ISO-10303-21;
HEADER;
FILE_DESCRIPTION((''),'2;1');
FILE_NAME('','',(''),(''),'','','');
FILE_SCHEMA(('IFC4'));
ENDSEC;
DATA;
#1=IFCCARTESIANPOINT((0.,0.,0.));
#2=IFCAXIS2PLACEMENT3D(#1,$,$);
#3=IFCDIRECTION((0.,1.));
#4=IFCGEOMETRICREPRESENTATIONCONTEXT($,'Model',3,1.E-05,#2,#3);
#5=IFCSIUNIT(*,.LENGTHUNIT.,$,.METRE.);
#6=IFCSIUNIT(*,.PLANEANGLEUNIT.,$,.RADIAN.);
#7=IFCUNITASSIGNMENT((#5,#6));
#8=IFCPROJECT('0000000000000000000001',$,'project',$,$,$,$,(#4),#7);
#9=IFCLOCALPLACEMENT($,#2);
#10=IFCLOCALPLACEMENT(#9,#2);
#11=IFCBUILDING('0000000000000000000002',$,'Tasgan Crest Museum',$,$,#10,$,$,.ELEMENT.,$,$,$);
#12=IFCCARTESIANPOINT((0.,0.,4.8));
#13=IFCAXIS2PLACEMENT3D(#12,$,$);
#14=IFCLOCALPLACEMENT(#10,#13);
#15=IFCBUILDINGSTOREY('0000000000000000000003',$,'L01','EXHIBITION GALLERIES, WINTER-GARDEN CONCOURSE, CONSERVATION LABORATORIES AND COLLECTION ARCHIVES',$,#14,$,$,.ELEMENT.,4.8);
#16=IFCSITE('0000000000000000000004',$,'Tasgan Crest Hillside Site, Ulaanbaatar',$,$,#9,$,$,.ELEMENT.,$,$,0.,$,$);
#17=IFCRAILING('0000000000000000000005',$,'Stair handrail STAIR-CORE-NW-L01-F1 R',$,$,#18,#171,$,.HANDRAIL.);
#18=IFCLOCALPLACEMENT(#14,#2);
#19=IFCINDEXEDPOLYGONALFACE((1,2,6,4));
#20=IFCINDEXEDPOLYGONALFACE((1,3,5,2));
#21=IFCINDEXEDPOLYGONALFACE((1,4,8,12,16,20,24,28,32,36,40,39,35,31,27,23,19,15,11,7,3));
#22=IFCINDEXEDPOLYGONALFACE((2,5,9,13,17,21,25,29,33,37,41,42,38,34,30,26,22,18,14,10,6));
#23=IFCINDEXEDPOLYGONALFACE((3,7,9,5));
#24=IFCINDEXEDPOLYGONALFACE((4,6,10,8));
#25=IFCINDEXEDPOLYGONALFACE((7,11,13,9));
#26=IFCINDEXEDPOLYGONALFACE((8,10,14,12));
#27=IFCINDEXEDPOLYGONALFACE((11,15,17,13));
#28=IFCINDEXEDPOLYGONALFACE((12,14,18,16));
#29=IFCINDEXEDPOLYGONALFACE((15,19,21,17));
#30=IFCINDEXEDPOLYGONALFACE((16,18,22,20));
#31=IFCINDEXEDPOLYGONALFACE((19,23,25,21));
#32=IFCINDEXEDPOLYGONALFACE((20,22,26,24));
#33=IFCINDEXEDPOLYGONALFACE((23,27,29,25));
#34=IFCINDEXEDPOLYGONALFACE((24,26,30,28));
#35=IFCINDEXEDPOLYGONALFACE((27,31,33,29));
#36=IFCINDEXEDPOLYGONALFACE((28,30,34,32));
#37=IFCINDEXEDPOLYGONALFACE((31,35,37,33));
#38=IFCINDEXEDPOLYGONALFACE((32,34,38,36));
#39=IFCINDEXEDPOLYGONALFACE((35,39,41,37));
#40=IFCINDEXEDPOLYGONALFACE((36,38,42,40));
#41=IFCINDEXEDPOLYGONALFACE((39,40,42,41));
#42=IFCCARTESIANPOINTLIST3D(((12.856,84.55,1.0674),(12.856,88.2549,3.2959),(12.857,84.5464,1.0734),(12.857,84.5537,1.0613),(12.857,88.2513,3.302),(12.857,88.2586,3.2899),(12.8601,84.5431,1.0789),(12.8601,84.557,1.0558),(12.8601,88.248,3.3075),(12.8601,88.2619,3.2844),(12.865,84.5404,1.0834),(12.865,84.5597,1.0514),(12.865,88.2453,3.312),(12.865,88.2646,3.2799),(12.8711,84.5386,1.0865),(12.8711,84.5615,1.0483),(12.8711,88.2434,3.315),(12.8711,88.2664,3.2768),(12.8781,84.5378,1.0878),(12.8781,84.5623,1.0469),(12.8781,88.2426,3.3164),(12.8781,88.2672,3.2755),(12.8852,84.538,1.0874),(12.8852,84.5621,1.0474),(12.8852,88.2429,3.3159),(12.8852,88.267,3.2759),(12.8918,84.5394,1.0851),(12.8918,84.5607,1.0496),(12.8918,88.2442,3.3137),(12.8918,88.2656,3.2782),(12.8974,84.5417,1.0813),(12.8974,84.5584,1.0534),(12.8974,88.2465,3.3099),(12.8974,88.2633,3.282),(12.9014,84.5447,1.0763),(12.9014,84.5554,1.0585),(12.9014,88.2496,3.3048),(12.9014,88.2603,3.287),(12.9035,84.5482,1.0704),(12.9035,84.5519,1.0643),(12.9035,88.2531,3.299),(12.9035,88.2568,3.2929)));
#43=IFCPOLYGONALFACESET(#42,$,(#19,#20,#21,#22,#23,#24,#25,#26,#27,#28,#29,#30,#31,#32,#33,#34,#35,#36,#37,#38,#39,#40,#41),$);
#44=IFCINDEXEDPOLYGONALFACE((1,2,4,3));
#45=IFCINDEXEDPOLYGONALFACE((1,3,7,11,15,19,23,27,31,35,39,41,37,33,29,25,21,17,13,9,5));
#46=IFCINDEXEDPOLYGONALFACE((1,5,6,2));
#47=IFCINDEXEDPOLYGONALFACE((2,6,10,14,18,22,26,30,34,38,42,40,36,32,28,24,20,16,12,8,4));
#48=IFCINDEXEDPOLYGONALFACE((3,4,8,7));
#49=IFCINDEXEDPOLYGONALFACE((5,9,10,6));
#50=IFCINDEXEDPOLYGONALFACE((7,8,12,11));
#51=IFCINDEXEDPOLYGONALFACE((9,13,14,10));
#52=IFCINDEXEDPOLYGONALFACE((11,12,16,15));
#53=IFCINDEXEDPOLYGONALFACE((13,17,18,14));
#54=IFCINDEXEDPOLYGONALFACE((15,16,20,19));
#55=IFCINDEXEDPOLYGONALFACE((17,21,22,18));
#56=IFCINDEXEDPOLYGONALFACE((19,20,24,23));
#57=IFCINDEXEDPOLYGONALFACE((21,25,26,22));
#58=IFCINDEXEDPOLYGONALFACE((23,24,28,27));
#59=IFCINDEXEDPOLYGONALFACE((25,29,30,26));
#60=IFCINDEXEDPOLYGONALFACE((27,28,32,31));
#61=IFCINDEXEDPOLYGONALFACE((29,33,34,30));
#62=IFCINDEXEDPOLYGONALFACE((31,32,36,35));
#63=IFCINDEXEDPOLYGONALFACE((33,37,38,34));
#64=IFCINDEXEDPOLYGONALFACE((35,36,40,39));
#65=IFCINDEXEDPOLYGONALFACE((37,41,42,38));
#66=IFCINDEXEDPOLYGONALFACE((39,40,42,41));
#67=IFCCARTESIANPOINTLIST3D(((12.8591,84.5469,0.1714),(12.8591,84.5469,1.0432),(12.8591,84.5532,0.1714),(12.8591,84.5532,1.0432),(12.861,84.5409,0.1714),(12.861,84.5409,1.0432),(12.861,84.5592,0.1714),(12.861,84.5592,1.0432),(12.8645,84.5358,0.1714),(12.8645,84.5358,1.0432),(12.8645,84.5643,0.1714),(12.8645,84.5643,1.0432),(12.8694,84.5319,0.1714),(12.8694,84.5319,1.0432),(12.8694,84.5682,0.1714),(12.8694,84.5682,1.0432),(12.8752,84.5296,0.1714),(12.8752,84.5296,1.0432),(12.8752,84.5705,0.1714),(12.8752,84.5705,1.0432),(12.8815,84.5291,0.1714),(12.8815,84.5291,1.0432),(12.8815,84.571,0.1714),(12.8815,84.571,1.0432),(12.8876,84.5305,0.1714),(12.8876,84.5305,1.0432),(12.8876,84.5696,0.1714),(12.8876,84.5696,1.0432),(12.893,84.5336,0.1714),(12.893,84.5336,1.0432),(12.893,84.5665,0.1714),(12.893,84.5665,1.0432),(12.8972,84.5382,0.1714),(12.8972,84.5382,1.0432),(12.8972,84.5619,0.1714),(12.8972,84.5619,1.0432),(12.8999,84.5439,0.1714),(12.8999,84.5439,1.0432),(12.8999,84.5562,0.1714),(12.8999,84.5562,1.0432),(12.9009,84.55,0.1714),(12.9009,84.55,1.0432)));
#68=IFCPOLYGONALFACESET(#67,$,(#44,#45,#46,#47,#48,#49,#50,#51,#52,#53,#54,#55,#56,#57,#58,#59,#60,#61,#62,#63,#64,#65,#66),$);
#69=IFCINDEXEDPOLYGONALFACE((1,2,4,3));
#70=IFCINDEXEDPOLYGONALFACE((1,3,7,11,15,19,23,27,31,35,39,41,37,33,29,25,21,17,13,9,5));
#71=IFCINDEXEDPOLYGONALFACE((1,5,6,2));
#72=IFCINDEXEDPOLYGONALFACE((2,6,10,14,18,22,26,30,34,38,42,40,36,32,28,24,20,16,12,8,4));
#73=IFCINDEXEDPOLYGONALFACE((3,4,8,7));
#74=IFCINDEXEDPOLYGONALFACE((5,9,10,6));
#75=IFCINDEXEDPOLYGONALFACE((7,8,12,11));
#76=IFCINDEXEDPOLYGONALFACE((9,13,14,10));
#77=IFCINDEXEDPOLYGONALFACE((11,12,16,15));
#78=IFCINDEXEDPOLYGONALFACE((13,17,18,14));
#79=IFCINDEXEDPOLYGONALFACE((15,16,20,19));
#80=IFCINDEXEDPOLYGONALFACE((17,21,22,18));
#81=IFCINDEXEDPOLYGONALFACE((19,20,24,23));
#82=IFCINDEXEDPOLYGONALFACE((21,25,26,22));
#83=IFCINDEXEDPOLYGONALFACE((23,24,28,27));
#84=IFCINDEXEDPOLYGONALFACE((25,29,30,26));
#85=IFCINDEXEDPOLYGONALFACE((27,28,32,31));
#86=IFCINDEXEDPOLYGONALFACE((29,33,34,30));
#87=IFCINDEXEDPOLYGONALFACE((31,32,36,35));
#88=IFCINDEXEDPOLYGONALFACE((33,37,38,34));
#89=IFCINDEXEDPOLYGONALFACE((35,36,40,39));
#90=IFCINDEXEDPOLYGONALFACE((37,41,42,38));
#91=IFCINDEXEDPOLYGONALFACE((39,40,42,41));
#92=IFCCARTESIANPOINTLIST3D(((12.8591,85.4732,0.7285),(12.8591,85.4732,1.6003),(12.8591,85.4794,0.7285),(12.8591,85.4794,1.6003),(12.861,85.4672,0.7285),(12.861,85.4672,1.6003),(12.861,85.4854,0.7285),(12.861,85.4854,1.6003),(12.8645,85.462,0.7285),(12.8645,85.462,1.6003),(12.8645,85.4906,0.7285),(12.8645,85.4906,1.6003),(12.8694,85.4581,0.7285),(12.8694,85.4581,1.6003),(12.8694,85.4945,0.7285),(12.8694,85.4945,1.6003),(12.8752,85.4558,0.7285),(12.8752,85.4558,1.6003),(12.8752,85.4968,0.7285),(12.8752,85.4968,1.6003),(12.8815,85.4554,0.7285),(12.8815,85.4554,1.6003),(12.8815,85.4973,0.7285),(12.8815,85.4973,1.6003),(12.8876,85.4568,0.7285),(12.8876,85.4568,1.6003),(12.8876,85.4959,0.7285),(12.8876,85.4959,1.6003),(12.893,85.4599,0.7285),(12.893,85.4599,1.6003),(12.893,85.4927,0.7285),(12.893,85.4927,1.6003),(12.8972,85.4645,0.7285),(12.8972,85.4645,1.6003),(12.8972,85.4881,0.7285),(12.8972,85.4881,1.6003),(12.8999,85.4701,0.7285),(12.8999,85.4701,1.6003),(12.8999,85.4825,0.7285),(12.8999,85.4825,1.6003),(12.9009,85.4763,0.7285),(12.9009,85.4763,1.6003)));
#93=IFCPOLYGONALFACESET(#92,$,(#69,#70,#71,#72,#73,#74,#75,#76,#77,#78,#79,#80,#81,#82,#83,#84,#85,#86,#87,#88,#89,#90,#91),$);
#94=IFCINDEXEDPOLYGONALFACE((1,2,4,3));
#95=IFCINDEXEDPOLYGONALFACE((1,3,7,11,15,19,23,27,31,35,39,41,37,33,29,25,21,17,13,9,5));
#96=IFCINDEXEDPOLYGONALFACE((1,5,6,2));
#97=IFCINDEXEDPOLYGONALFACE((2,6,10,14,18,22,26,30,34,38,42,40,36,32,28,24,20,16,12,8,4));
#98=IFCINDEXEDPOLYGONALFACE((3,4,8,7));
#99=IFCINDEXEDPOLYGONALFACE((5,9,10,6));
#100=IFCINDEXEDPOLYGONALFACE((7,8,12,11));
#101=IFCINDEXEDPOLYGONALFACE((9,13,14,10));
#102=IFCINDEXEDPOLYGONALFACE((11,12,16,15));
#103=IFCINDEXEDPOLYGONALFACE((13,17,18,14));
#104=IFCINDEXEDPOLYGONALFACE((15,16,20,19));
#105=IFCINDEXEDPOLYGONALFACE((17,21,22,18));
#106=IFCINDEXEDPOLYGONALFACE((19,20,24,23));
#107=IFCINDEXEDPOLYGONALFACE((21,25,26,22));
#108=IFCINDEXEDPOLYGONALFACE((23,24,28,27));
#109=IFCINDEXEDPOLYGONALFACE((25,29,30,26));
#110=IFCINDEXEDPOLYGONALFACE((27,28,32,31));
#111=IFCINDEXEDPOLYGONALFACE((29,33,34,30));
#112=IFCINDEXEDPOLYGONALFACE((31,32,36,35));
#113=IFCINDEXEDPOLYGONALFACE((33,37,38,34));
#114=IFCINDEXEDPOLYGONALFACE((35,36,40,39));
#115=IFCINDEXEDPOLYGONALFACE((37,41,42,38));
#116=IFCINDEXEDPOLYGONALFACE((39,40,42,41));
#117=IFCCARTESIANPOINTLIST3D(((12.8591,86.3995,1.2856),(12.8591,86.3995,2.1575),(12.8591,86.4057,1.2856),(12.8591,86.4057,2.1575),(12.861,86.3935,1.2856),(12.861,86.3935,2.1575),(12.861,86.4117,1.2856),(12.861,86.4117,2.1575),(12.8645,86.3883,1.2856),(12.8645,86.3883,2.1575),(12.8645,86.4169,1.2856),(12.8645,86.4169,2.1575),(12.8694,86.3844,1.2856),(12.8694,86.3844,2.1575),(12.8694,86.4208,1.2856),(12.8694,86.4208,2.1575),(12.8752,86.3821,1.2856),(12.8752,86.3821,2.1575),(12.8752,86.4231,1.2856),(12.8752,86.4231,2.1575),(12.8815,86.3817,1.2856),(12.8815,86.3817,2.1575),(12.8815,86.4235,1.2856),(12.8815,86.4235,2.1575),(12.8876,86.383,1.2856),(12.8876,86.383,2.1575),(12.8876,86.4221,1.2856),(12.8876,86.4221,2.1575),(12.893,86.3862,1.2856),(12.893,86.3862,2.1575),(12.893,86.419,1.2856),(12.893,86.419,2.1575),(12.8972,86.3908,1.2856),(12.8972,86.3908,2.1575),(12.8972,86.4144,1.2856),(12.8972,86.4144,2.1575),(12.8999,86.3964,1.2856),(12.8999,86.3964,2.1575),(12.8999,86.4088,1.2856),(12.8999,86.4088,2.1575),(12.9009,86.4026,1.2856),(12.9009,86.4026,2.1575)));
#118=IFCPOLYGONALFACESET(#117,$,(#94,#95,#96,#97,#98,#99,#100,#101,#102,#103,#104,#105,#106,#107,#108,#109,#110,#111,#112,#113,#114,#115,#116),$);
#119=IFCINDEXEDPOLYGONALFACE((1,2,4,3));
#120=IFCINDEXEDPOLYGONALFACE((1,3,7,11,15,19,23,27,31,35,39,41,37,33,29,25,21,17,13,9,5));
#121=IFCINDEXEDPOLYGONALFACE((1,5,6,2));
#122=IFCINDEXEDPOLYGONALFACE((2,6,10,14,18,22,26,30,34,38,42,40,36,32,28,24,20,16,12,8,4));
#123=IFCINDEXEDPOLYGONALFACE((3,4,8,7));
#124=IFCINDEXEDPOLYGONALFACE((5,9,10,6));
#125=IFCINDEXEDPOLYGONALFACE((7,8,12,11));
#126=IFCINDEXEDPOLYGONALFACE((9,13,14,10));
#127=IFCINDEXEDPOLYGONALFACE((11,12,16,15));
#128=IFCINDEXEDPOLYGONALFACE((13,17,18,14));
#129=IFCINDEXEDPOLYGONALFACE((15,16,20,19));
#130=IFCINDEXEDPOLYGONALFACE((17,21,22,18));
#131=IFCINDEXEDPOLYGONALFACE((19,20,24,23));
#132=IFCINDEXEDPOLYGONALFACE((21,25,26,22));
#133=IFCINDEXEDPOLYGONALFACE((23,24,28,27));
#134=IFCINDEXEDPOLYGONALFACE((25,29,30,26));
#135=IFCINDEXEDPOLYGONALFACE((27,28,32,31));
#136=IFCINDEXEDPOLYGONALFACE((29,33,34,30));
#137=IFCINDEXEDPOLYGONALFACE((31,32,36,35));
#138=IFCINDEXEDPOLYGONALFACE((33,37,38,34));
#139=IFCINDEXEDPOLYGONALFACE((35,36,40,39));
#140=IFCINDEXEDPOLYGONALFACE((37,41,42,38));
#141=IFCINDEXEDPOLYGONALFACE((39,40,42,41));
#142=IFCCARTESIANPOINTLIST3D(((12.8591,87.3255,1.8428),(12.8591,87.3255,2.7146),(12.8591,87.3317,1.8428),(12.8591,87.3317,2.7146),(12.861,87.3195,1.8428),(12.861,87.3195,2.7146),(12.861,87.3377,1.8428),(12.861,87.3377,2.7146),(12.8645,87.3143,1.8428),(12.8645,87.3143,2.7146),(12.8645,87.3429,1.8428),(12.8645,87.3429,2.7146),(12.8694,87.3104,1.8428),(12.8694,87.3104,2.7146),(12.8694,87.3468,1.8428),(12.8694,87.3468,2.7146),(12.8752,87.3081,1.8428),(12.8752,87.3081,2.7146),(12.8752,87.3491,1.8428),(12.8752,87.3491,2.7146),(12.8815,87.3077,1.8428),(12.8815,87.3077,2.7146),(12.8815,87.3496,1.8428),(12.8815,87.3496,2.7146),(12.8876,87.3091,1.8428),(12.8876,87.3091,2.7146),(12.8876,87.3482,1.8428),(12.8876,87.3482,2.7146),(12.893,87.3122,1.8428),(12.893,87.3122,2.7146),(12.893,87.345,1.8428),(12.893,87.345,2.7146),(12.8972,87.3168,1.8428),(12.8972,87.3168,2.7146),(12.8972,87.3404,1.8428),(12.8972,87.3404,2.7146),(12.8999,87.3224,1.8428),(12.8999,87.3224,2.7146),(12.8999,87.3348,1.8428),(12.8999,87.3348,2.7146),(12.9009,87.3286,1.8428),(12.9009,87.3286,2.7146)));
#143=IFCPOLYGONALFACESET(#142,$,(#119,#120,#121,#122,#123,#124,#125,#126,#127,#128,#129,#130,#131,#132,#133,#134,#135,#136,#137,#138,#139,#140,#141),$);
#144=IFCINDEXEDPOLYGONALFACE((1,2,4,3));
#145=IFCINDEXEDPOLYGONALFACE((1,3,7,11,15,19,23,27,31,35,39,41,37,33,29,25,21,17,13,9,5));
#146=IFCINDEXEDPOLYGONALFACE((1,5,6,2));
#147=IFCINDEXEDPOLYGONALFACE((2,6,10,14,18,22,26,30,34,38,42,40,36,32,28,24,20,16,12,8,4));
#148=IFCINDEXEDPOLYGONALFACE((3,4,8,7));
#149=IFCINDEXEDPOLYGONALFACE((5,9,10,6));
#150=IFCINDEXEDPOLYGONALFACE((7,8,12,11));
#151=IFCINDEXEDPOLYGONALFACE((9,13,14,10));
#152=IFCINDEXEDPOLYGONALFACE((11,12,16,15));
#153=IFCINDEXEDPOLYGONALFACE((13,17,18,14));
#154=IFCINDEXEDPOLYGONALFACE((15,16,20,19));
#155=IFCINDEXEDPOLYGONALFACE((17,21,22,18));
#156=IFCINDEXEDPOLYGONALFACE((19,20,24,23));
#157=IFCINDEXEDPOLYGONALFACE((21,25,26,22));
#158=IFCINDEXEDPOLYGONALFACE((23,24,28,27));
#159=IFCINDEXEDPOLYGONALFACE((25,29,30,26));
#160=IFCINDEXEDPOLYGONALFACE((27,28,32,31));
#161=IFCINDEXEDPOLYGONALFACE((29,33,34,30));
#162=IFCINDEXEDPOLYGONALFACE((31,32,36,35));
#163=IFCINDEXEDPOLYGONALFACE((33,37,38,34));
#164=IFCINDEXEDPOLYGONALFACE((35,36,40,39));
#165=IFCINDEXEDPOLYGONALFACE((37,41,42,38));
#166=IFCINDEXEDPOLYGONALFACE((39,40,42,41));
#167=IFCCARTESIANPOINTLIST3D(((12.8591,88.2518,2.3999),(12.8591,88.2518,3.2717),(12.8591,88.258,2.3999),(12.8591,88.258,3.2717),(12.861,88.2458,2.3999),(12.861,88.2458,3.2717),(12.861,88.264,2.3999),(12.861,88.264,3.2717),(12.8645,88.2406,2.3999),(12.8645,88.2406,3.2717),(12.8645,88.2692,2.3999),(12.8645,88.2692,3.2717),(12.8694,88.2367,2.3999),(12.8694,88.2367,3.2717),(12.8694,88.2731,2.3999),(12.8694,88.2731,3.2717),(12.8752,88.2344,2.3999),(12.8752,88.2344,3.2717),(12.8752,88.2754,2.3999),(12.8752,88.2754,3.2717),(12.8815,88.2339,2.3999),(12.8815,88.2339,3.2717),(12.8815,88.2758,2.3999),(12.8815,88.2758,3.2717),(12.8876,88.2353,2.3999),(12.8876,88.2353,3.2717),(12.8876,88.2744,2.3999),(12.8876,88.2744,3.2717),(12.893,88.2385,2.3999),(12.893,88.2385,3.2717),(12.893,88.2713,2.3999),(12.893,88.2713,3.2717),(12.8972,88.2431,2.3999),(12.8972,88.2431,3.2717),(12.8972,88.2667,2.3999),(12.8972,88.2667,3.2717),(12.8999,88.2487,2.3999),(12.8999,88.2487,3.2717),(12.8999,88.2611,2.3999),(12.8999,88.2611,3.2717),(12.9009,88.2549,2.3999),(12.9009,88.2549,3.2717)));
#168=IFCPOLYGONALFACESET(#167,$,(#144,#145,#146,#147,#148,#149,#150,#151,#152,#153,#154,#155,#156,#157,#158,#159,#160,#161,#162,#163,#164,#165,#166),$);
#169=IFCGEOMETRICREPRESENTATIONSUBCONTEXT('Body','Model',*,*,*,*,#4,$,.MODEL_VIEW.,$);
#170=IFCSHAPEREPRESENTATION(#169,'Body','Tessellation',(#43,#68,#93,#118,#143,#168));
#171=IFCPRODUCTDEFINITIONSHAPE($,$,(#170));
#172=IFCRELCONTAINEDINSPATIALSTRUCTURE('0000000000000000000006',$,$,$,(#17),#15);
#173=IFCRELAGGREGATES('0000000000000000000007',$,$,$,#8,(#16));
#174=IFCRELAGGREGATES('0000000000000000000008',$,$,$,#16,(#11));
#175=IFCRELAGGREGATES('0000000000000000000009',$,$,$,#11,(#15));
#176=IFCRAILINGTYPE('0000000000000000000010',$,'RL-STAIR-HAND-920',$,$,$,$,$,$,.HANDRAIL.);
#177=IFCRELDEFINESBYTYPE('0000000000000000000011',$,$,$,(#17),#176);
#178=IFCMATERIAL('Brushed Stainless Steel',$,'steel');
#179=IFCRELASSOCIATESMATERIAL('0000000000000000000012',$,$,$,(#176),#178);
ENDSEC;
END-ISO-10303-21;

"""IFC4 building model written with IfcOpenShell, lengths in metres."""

from ifc_helpers import new_model, si_unit, direction, frame, origin, origin_2d, place, context, subcontext, project, spatial, circle, extrude, material, type_object, element, save


model = new_model("IFC4")

# Units and contexts
model_context = context("Model", 3, precision=1e-05, world=origin(), true_north=direction((0.0, 1.0)))
body_context = subcontext(model_context, "Body", "Model", "MODEL_VIEW")
ifc_project = project(units=[si_unit("LENGTHUNIT", "METRE"), si_unit("PLANEANGLEUNIT", "RADIAN")], contexts=[model_context])

# Site, building, storey
site_placement = place(None, origin())
site = spatial("IfcSite", under=ifc_project, at=site_placement, Name="Tasgan Crest Hillside Site, Ulaanbaatar", CompositionType="ELEMENT", RefElevation=0.0)
building_placement = place(site_placement, origin())
building = spatial("IfcBuilding", under=site, at=building_placement, Name="Tasgan Crest Museum", CompositionType="ELEMENT")
storey_placement = place(building_placement, frame((0.0, 0.0, 4.8)))
storey = spatial("IfcBuildingStorey", under=building, at=storey_placement, Name="L01", Description="EXHIBITION GALLERIES, WINTER-GARDEN CONCOURSE, CONSERVATION LABORATORIES AND COLLECTION ARCHIVES", CompositionType="ELEMENT", Elevation=4.8)

# Railing
ifc_material_1 = material(Name="Brushed Stainless Steel", Category="steel")
railing_type_1 = type_object("IfcRailingType", Name="RL-STAIR-HAND-920", PredefinedType="HANDRAIL", material=ifc_material_1)
for number, where, name in (
    (1, (12.8799, 84.55, 0.1714), "Stair handrail STAIR-CORE-NW-L01-F1 R"),
):
    element("IfcRailing", number, at=place(storey_placement, frame(where)), inside=storey, type_object=railing_type_1, Name=name, PredefinedType="HANDRAIL", context=body_context, shape_type="SweptSolid", body=[
        extrude(circle(Radius=0.0239, at=origin_2d()), frame((0.0, 0.0, 0.896), z_axis=(0.0, 0.856919, 0.51545), x_axis=(-1.0, 0.0, 0.0)), (0.0, 0.0, 1.0), 4.3235),
        extrude(circle(Radius=0.021, at=origin_2d()), origin(), (0.0, 0.0, 1.0), 0.8718),
        extrude(circle(Radius=0.021, at=origin_2d()), frame((0.0, 0.9263, 0.5571)), (0.0, 0.0, 1.0), 0.8718),
        extrude(circle(Radius=0.021, at=origin_2d()), frame((0.0, 1.8525, 1.1143)), (0.0, 0.0, 1.0), 0.8718),
        extrude(circle(Radius=0.021, at=origin_2d()), frame((0.0, 2.7786, 1.6714)), (0.0, 0.0, 1.0), 0.8718),
        extrude(circle(Radius=0.021, at=origin_2d()), frame((0.0, 3.7048, 2.2285)), (0.0, 0.0, 1.0), 0.8718),
    ])

save(model, "model.ifc")
